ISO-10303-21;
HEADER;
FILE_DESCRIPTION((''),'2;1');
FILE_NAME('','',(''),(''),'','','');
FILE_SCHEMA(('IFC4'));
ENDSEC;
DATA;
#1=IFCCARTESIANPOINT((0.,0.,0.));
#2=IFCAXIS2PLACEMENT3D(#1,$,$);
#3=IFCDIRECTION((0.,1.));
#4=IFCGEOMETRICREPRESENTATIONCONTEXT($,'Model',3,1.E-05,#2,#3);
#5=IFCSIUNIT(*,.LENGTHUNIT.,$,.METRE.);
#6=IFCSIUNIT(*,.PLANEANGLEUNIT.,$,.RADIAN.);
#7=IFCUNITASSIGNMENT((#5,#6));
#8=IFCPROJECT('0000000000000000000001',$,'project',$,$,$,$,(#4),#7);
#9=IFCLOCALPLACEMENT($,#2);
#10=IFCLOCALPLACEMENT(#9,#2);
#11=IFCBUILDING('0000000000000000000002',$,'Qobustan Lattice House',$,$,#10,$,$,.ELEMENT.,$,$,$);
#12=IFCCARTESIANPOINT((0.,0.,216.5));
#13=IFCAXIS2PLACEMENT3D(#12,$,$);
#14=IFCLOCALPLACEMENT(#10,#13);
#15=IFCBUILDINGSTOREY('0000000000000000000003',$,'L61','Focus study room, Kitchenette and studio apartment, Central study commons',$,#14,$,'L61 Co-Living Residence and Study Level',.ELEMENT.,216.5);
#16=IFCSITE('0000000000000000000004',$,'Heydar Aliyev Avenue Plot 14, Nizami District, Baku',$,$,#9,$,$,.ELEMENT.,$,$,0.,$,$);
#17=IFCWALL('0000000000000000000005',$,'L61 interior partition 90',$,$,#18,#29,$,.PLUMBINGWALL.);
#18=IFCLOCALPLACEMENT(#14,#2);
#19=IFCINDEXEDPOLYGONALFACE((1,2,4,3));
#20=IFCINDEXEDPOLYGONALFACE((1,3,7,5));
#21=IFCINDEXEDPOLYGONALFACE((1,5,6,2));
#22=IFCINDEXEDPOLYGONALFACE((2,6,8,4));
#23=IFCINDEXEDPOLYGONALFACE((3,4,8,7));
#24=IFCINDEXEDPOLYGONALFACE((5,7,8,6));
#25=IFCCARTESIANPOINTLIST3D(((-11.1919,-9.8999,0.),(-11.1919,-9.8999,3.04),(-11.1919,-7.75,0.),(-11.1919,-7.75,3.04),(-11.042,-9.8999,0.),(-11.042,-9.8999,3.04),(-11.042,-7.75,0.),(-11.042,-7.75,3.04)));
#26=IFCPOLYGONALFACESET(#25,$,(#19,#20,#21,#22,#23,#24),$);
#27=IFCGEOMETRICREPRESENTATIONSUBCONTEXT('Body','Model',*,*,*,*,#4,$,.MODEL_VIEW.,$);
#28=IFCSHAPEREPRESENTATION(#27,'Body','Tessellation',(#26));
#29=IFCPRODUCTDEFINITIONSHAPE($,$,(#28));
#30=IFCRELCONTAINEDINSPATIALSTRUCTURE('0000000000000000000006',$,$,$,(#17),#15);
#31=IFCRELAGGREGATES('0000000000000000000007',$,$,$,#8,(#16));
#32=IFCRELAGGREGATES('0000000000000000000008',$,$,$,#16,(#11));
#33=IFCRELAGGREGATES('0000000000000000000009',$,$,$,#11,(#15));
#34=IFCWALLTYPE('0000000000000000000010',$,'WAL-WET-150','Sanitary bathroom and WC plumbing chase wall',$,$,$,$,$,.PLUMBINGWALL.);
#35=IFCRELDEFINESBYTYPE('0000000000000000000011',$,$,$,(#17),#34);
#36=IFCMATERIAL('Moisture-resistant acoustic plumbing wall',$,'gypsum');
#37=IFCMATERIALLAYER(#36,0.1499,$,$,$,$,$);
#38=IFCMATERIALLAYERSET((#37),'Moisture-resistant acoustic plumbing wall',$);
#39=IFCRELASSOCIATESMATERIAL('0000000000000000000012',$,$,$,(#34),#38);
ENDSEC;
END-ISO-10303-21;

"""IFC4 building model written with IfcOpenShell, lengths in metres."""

from ifc_helpers import new_model, si_unit, direction, frame, frame_2d, origin, place, context, subcontext, project, spatial, rectangle, extrude, material, layer, layer_set, type_object, element, save


model = new_model("IFC4")

# Units and contexts
model_context = context("Model", 3, precision=1e-05, world=origin(), true_north=direction((0.0, 1.0)))
body_context = subcontext(model_context, "Body", "Model", "MODEL_VIEW")
ifc_project = project(units=[si_unit("LENGTHUNIT", "METRE"), si_unit("PLANEANGLEUNIT", "RADIAN")], contexts=[model_context])

# Site, building, storey
site_placement = place(None, origin())
site = spatial("IfcSite", under=ifc_project, at=site_placement, Name="Heydar Aliyev Avenue Plot 14, Nizami District, Baku", CompositionType="ELEMENT", RefElevation=0.0)
building_placement = place(site_placement, origin())
building = spatial("IfcBuilding", under=site, at=building_placement, Name="Qobustan Lattice House", CompositionType="ELEMENT")
storey_placement = place(building_placement, frame((0.0, 0.0, 216.5)))
storey = spatial("IfcBuildingStorey", under=building, at=storey_placement, Name="L61", Description="Focus study room, Kitchenette and studio apartment, Central study commons", LongName="L61 Co-Living Residence and Study Level", CompositionType="ELEMENT", Elevation=216.5)

# Shared definitions
ifc_material_1 = material(Name="Moisture-resistant acoustic plumbing wall", Category="gypsum")
ifc_layer_1 = layer(ifc_material_1, 0.1499)
ifc_layer_set_1 = layer_set([ifc_layer_1], Name="Moisture-resistant acoustic plumbing wall")
wall_type_1 = type_object("IfcWallType", Name="WAL-WET-150", Description="Sanitary bathroom and WC plumbing chase wall", PredefinedType="PLUMBINGWALL", material=ifc_layer_set_1)

# Wall
wall_1_placement = place(storey_placement, frame((-11.1169, -9.8999, 0.0), z_axis=(0.0, 0.0, 1.0), x_axis=(0.0, 1.0, 0.0)))
element("IfcWall", 1, at=wall_1_placement, inside=storey, type_object=wall_type_1, Name="L61 interior partition 90", PredefinedType="PLUMBINGWALL", context=body_context, shape_type="SweptSolid", body=[
    extrude(rectangle(XDim=2.1499, YDim=0.1499, at=frame_2d((1.075, 0.0))), origin(), (0.0, 0.0, 1.0), 3.04),
])

save(model, "model.ifc")
